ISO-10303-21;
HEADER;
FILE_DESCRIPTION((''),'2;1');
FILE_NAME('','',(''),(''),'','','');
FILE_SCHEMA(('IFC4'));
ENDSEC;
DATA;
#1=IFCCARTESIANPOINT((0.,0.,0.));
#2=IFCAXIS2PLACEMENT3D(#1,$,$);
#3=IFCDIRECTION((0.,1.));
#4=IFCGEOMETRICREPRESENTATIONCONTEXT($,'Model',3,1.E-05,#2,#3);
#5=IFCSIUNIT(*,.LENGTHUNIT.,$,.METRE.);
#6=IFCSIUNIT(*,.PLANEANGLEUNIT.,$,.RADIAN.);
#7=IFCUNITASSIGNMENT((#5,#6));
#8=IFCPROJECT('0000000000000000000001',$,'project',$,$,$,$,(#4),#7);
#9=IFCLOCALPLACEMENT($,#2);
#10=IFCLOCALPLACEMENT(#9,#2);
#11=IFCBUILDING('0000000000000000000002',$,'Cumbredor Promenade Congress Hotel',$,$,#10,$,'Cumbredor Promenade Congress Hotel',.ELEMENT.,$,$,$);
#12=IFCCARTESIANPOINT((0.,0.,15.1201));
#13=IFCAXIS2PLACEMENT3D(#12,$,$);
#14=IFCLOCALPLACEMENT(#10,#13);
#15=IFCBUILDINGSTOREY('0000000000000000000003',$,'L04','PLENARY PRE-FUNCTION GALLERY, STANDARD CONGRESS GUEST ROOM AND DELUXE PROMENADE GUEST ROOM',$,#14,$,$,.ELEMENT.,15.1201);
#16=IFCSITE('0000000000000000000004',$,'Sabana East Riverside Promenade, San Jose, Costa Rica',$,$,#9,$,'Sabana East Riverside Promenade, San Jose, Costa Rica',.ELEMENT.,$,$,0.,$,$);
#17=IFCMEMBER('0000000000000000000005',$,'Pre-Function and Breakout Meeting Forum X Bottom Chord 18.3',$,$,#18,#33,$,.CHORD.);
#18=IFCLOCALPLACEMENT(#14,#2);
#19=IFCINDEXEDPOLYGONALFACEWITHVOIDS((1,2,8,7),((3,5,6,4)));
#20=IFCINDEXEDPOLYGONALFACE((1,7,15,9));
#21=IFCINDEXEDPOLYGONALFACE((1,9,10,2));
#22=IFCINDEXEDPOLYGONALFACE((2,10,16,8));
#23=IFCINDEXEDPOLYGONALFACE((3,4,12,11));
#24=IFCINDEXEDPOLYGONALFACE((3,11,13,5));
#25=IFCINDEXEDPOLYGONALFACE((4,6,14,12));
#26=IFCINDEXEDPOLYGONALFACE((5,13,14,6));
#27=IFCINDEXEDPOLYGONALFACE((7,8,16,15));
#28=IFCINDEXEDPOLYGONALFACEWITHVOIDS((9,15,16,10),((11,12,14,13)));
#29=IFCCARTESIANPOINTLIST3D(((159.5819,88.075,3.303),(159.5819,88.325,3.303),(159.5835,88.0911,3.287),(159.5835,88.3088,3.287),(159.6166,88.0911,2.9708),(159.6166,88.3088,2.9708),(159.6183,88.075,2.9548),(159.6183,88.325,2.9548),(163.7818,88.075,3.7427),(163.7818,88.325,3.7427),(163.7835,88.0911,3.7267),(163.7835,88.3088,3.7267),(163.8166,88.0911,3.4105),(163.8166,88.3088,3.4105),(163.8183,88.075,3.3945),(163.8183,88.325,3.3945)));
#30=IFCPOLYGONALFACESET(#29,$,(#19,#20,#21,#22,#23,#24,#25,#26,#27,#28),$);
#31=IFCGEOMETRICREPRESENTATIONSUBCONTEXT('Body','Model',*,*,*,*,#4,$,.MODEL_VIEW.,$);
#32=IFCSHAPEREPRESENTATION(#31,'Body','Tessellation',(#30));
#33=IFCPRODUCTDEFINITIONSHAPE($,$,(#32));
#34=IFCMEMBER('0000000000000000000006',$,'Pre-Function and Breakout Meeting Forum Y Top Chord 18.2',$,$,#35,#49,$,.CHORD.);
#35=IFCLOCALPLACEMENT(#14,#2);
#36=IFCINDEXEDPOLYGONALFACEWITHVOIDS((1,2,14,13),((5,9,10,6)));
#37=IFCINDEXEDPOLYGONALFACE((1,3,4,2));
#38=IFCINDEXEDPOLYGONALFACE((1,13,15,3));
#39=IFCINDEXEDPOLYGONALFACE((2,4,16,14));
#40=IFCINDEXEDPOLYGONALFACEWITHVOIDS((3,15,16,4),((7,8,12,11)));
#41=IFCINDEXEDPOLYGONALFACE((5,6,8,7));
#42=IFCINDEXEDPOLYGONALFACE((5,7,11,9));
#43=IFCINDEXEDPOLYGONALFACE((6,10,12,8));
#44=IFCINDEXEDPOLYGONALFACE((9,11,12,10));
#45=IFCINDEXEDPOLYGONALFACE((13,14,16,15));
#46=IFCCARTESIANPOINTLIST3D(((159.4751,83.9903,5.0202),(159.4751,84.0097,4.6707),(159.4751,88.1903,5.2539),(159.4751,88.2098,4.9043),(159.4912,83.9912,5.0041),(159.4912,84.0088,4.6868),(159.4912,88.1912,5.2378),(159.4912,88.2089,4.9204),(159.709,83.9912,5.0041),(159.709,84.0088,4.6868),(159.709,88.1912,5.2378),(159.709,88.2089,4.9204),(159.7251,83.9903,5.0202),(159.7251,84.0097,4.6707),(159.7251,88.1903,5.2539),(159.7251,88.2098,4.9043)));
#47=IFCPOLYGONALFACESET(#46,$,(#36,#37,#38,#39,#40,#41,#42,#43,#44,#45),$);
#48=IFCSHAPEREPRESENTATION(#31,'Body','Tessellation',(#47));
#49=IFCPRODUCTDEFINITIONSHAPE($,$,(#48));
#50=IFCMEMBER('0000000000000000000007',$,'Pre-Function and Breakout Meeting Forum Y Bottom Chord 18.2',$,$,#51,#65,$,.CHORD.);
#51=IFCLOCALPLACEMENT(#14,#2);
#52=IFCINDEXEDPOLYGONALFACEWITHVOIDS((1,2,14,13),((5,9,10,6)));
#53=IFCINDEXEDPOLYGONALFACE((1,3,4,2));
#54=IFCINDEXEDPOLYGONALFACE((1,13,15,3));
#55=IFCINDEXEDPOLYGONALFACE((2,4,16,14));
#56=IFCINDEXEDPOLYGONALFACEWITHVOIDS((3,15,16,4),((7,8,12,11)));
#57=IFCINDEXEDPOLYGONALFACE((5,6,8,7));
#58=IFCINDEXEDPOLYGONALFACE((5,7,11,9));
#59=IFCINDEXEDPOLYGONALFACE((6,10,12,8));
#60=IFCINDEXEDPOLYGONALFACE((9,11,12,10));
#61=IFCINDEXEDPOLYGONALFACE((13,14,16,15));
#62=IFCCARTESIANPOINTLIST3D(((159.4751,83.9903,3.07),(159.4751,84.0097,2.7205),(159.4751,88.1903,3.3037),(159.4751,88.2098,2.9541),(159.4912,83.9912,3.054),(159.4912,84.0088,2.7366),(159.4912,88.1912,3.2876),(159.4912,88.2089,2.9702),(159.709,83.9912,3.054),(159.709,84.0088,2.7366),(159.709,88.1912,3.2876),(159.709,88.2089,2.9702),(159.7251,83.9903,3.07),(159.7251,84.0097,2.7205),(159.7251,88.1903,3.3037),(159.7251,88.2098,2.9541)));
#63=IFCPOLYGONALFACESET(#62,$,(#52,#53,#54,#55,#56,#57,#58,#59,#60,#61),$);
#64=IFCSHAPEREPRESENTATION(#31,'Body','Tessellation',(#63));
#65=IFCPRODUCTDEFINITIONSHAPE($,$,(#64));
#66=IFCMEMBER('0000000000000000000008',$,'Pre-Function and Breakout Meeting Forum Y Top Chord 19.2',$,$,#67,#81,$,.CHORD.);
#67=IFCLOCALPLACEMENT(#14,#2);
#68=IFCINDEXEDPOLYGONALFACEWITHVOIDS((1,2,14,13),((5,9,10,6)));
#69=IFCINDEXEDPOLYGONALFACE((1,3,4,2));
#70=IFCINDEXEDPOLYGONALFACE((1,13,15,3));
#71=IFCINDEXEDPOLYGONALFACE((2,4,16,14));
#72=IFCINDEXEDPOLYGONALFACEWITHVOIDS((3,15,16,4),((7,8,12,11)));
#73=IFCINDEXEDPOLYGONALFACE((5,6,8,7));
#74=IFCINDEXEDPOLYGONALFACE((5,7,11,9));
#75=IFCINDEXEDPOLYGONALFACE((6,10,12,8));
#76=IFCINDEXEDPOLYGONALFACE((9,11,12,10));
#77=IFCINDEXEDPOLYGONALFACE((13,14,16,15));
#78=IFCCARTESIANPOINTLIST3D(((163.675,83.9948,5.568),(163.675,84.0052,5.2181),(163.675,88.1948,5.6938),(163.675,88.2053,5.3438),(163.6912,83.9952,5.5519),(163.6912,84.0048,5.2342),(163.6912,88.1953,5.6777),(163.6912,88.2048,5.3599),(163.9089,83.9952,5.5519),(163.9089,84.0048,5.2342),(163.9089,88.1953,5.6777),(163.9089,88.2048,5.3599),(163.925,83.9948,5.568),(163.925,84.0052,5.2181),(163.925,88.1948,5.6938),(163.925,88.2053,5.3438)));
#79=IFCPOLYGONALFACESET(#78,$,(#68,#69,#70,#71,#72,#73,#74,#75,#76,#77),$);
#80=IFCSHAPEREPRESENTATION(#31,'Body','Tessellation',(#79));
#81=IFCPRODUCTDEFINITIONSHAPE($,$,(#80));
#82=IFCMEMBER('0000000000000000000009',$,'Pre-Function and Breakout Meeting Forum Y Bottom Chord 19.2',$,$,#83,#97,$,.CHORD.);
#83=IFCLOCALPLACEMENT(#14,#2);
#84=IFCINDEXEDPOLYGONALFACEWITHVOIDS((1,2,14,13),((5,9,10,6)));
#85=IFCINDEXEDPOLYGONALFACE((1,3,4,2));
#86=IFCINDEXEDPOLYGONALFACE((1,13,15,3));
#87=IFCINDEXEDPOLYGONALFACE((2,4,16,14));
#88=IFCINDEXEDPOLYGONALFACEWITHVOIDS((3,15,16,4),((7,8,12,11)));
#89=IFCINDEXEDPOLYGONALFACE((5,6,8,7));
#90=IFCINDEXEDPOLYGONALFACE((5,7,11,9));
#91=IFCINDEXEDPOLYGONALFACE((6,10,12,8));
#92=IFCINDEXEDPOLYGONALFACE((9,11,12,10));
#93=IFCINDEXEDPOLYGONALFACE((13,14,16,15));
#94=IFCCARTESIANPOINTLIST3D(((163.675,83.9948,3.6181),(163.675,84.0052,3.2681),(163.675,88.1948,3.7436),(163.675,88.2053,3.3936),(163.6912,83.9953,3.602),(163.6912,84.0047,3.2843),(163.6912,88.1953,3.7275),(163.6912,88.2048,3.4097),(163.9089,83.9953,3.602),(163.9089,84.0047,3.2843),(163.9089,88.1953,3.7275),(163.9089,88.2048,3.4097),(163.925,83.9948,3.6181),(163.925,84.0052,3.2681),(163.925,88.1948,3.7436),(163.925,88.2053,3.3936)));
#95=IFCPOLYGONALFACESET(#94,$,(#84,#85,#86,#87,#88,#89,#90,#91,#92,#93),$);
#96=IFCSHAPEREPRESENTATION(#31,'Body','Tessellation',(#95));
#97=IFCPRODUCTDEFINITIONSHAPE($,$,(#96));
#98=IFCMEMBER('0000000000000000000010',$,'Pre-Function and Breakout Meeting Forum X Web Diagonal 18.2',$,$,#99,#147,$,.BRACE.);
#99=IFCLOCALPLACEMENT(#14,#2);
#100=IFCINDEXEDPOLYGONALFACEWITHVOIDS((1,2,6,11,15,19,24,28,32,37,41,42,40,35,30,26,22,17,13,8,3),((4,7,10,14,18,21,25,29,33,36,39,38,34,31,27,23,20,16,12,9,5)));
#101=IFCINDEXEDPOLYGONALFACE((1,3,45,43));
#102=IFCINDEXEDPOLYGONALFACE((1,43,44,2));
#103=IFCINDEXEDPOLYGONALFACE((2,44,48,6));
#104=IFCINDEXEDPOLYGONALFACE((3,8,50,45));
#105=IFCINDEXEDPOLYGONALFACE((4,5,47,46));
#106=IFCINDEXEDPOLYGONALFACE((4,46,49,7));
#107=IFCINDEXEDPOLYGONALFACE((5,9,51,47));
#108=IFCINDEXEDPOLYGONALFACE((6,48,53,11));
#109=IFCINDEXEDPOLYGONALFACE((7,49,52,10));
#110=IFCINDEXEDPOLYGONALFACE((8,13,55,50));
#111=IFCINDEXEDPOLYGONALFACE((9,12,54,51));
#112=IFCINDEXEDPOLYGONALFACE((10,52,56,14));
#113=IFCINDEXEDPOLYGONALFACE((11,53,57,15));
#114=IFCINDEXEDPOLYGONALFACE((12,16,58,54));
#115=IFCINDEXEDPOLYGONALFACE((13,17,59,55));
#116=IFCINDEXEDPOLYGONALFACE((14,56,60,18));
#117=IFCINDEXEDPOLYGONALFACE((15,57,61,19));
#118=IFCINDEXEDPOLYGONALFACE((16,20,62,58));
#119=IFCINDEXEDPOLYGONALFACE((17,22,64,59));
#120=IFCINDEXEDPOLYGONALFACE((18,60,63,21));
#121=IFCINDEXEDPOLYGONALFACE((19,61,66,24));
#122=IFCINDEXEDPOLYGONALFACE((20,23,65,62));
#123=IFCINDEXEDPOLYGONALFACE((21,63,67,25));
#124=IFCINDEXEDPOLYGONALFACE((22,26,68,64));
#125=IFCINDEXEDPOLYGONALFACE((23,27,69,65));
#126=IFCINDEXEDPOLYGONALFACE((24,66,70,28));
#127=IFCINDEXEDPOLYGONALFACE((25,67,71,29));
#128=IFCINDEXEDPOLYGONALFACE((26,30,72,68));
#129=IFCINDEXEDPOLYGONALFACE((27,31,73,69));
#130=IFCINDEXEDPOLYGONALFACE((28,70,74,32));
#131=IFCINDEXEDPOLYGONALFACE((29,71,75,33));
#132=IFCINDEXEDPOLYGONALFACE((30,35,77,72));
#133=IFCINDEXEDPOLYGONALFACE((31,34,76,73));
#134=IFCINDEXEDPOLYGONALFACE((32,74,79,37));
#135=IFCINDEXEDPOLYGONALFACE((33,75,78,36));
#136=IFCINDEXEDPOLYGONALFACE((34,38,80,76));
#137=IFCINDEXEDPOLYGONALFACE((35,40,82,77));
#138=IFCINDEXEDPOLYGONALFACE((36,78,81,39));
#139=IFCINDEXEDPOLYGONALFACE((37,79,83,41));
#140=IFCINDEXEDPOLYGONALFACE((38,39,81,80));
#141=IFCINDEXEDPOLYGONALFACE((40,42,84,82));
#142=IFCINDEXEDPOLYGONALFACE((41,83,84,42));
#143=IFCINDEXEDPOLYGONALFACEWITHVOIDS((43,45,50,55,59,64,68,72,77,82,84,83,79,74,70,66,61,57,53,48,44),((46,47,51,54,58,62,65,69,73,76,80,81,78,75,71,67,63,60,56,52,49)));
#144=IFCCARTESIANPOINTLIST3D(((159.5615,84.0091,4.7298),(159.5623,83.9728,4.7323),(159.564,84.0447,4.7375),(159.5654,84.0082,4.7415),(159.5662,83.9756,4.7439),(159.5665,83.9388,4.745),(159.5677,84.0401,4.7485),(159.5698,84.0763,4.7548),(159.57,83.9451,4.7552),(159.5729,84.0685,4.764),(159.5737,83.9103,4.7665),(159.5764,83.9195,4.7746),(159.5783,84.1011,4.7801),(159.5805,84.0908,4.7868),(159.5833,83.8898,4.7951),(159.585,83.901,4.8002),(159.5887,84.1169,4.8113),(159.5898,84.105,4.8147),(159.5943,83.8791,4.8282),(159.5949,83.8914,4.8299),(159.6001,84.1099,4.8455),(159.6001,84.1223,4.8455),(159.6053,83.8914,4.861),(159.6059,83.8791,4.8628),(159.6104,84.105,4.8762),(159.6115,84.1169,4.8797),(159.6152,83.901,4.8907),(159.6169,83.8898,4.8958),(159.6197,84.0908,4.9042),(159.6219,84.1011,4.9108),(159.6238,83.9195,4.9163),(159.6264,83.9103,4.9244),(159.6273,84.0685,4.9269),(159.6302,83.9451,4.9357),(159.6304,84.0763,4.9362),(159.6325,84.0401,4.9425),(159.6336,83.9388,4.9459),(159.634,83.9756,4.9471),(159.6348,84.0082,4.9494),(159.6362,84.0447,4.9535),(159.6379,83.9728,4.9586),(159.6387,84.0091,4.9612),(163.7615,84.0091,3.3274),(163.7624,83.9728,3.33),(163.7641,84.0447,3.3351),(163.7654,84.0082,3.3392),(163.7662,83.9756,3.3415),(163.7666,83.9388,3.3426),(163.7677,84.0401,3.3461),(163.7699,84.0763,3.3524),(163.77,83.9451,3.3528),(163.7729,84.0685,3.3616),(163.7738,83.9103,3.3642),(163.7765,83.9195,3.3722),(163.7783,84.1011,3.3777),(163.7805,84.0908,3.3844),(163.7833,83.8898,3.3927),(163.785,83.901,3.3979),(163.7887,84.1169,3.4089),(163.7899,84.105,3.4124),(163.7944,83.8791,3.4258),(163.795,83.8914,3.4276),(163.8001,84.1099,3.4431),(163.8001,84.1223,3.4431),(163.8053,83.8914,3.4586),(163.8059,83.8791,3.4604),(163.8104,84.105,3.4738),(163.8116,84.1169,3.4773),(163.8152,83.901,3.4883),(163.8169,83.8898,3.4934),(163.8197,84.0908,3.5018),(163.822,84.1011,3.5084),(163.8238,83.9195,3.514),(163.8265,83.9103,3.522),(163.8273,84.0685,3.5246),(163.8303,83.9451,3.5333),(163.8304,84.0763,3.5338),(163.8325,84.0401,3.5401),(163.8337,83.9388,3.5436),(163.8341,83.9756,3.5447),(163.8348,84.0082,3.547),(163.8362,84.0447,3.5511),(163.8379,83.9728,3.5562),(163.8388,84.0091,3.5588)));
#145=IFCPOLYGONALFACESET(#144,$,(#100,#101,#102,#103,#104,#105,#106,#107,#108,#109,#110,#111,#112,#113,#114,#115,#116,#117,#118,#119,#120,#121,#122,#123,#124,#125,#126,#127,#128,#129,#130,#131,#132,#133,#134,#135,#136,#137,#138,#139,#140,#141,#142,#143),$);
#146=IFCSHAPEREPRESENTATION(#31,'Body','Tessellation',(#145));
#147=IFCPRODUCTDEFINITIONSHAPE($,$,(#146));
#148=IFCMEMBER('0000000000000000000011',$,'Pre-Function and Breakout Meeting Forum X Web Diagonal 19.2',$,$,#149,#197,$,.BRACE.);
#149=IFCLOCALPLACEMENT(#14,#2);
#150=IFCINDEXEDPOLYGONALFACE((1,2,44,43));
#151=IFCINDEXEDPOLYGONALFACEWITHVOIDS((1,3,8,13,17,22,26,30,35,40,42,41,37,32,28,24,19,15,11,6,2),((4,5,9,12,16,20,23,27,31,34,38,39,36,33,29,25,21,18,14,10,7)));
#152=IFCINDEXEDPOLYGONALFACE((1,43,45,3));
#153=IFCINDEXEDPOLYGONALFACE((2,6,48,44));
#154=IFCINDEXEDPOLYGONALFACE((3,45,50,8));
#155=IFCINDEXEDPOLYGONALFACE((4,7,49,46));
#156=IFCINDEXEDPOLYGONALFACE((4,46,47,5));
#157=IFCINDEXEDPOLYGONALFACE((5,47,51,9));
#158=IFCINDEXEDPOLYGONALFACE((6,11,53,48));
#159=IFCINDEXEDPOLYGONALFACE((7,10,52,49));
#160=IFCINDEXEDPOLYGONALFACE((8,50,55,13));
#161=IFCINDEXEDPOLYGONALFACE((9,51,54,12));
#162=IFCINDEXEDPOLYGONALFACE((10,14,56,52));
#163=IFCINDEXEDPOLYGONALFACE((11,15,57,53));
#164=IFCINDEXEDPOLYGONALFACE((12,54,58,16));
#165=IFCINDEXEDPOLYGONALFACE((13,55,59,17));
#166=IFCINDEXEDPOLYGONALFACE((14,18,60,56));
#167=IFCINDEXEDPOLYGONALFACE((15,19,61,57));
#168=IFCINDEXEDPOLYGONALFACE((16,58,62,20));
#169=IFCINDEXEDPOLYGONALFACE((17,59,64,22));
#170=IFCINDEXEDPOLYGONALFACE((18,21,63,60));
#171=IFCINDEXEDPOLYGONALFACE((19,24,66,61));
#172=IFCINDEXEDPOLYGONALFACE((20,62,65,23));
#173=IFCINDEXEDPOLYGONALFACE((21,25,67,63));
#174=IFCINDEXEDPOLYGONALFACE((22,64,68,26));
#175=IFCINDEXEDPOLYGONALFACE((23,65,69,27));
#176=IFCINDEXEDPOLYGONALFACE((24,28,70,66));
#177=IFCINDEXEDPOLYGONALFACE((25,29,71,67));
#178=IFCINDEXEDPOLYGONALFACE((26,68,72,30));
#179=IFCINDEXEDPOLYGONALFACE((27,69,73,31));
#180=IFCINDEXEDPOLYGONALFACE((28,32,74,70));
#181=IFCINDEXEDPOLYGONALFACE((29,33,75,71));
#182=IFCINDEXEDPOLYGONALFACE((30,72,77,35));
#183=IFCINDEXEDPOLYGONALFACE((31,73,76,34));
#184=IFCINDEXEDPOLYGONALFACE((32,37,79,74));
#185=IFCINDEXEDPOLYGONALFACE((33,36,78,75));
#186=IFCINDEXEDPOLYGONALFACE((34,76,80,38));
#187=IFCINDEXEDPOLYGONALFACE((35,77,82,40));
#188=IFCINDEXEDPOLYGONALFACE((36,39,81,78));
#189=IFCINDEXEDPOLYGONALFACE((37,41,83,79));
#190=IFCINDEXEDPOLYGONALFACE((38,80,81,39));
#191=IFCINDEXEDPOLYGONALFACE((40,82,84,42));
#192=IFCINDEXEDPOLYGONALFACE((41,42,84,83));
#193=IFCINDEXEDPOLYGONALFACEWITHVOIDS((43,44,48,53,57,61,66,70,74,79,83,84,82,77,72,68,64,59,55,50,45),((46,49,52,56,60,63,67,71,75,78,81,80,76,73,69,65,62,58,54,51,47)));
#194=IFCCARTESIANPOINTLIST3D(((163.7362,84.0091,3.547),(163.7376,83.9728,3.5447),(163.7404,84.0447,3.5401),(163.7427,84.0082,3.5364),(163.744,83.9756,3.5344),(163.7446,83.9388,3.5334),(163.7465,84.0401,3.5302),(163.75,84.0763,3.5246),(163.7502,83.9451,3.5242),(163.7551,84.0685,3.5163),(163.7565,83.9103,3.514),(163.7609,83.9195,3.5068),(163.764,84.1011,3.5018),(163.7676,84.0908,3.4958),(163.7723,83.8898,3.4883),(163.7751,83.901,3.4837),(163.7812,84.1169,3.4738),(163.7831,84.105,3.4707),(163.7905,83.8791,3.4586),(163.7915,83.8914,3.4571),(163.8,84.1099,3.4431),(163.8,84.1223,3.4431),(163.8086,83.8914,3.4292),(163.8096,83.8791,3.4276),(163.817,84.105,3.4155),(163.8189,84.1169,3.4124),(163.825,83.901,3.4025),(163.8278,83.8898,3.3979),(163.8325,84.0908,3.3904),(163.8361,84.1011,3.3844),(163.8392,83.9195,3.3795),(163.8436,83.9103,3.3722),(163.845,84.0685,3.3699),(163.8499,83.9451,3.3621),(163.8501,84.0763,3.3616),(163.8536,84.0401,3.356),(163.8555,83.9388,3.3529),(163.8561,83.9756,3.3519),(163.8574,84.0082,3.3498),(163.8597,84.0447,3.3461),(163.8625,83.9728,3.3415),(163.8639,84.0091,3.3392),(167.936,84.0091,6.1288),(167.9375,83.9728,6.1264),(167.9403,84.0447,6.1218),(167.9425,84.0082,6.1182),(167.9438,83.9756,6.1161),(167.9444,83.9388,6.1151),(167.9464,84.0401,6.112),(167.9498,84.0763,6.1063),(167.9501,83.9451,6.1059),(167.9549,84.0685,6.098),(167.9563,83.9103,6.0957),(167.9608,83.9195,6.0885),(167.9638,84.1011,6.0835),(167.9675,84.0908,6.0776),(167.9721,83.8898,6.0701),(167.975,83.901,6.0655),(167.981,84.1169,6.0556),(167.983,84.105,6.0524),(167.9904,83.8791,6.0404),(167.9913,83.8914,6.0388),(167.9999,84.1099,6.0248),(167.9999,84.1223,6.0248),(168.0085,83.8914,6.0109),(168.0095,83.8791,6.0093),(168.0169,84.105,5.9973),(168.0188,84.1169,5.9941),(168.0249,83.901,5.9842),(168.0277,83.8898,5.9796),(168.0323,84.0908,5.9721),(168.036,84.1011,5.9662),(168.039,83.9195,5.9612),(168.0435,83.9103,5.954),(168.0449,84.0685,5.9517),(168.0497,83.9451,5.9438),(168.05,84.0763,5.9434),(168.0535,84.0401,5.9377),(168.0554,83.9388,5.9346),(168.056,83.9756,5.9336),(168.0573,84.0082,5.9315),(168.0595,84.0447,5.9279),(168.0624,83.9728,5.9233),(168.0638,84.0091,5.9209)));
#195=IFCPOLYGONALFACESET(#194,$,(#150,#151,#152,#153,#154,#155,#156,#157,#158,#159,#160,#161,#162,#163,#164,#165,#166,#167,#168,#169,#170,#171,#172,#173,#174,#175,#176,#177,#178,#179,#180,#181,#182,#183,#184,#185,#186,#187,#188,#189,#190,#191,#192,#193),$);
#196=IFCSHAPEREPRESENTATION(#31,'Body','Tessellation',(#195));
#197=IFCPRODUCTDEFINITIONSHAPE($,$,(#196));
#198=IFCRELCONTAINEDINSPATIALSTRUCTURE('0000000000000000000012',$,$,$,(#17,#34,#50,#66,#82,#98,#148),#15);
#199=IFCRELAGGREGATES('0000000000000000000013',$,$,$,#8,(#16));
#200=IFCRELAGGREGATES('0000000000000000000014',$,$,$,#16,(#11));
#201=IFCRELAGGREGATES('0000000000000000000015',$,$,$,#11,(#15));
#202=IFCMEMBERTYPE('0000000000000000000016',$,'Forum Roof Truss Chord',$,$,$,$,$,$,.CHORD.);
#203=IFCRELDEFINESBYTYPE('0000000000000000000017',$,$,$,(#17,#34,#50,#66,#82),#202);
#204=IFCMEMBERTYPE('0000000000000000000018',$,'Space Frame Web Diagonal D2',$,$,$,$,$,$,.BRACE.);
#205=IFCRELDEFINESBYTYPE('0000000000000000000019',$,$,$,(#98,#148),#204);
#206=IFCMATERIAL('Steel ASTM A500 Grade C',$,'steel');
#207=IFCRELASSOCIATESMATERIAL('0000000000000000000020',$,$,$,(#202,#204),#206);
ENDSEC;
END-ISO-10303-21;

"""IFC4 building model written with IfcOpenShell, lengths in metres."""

from ifc_helpers import new_model, si_unit, direction, frame, origin, origin_2d, place, context, subcontext, project, spatial, hollow_rectangle, hollow_circle, extrude, material, material_profile, profile_set, type_object, element, save


model = new_model("IFC4")

# Units and contexts
model_context = context("Model", 3, precision=1e-05, world=origin(), true_north=direction((0.0, 1.0)))
body_context = subcontext(model_context, "Body", "Model", "MODEL_VIEW")
ifc_project = project(units=[si_unit("LENGTHUNIT", "METRE"), si_unit("PLANEANGLEUNIT", "RADIAN")], contexts=[model_context])

# Site, building, storey
site_placement = place(None, origin())
site = spatial("IfcSite", under=ifc_project, at=site_placement, Name="Sabana East Riverside Promenade, San Jose, Costa Rica", LongName="Sabana East Riverside Promenade, San Jose, Costa Rica", CompositionType="ELEMENT", RefElevation=0.0)
building_placement = place(site_placement, origin())
building = spatial("IfcBuilding", under=site, at=building_placement, Name="Cumbredor Promenade Congress Hotel", LongName="Cumbredor Promenade Congress Hotel", CompositionType="ELEMENT")
storey_placement = place(building_placement, frame((0.0, 0.0, 15.1201)))
storey = spatial("IfcBuildingStorey", under=building, at=storey_placement, Name="L04", Description="PLENARY PRE-FUNCTION GALLERY, STANDARD CONGRESS GUEST ROOM AND DELUXE PROMENADE GUEST ROOM", CompositionType="ELEMENT", Elevation=15.1201)

# Members
ifc_material_1 = material(Name="Steel ASTM A500 Grade C", Category="steel")
ifc_material_profile_1 = material_profile(ifc_material_1, hollow_rectangle(XDim=0.25, YDim=0.3501, WallThickness=0.0161, at=origin_2d()), Name="HSS 350x250x16")
ifc_profile_set_1 = profile_set([ifc_material_profile_1], Name="Steel ASTM A500 Grade C")
member_type_1 = type_object("IfcMemberType", Name="Forum Roof Truss Chord", PredefinedType="CHORD", material=ifc_profile_set_1)
for number, where, z_axis, x_axis, name in (
    (1, (159.6001, 88.2, 3.1289), (0.994565, 0.0, 0.104122), (0.0, 1.0, 0.0), "Pre-Function and Breakout Meeting Forum X Bottom Chord 18.3"),
):
    element("IfcMember", number, at=place(storey_placement, frame(where, z_axis=z_axis, x_axis=x_axis)), inside=storey, type_object=member_type_1, Name=name, PredefinedType="CHORD", context=body_context, shape_type="SweptSolid", body=[
        extrude(hollow_rectangle(XDim=0.25, YDim=0.3501, WallThickness=0.0161, at=origin_2d()), origin(), (0.0, 0.0, 1.0), 4.2229),
    ])
for number, where, z_axis, x_axis, name in (
    (2, (159.6001, 84.0, 4.8455), (0.0, 0.998456, 0.055544), (-1.0, 0.0, 0.0), "Pre-Function and Breakout Meeting Forum Y Top Chord 18.2"),
    (3, (159.6001, 84.0, 2.8953), (0.0, 0.998456, 0.055544), (-1.0, 0.0, 0.0), "Pre-Function and Breakout Meeting Forum Y Bottom Chord 18.2"),
):
    element("IfcMember", number, at=place(storey_placement, frame(where, z_axis=z_axis, x_axis=x_axis)), inside=storey, type_object=member_type_1, Name=name, PredefinedType="CHORD", context=body_context, shape_type="SweptSolid", body=[
        extrude(hollow_rectangle(XDim=0.25, YDim=0.3501, WallThickness=0.0161, at=origin_2d()), origin(), (0.0, 0.0, 1.0), 4.2065),
    ])
for number, where, z_axis, x_axis, name in (
    (4, (163.8, 84.0, 5.3931), (0.0, 0.999552, 0.029923), (-1.0, 0.0, 0.0), "Pre-Function and Breakout Meeting Forum Y Top Chord 19.2"),
    (5, (163.8, 84.0, 3.4431), (0.0, 0.999554, 0.029865), (-1.0, 0.0, 0.0), "Pre-Function and Breakout Meeting Forum Y Bottom Chord 19.2"),
):
    element("IfcMember", number, at=place(storey_placement, frame(where, z_axis=z_axis, x_axis=x_axis)), inside=storey, type_object=member_type_1, Name=name, PredefinedType="CHORD", context=body_context, shape_type="SweptSolid", body=[
        extrude(hollow_rectangle(XDim=0.25, YDim=0.3501, WallThickness=0.0161, at=origin_2d()), origin(), (0.0, 0.0, 1.0), 4.2019),
    ])
ifc_material_profile_2 = material_profile(ifc_material_1, hollow_circle(Radius=0.1223, WallThickness=0.0125, at=origin_2d()), Name="CHS 244.5x12.5")
ifc_profile_set_2 = profile_set([ifc_material_profile_2], Name="Steel ASTM A500 Grade C")
member_type_2 = type_object("IfcMemberType", Name="Space Frame Web Diagonal D2", PredefinedType="BRACE", material=ifc_profile_set_2)
member_1_placement = place(storey_placement, frame((159.6001, 84.0, 4.8455), z_axis=(0.948523, 0.0, -0.316707), x_axis=(0.0, 1.0, 0.0)))
element("IfcMember", 6, at=member_1_placement, inside=storey, type_object=member_type_2, Name="Pre-Function and Breakout Meeting Forum X Web Diagonal 18.2", PredefinedType="BRACE", context=body_context, shape_type="SweptSolid", body=[
    extrude(hollow_circle(Radius=0.1223, WallThickness=0.0125, at=origin_2d()), origin(), (0.0, 0.0, 1.0), 4.428),
])
member_2_placement = place(storey_placement, frame((163.8, 84.0, 3.4431), z_axis=(0.851912, 0.0, 0.523686), x_axis=(0.0, 1.0, 0.0)))
element("IfcMember", 7, at=member_2_placement, inside=storey, type_object=member_type_2, Name="Pre-Function and Breakout Meeting Forum X Web Diagonal 19.2", PredefinedType="BRACE", context=body_context, shape_type="SweptSolid", body=[
    extrude(hollow_circle(Radius=0.1223, WallThickness=0.0125, at=origin_2d()), origin(), (0.0, 0.0, 1.0), 4.9299),
])

save(model, "model.ifc")
